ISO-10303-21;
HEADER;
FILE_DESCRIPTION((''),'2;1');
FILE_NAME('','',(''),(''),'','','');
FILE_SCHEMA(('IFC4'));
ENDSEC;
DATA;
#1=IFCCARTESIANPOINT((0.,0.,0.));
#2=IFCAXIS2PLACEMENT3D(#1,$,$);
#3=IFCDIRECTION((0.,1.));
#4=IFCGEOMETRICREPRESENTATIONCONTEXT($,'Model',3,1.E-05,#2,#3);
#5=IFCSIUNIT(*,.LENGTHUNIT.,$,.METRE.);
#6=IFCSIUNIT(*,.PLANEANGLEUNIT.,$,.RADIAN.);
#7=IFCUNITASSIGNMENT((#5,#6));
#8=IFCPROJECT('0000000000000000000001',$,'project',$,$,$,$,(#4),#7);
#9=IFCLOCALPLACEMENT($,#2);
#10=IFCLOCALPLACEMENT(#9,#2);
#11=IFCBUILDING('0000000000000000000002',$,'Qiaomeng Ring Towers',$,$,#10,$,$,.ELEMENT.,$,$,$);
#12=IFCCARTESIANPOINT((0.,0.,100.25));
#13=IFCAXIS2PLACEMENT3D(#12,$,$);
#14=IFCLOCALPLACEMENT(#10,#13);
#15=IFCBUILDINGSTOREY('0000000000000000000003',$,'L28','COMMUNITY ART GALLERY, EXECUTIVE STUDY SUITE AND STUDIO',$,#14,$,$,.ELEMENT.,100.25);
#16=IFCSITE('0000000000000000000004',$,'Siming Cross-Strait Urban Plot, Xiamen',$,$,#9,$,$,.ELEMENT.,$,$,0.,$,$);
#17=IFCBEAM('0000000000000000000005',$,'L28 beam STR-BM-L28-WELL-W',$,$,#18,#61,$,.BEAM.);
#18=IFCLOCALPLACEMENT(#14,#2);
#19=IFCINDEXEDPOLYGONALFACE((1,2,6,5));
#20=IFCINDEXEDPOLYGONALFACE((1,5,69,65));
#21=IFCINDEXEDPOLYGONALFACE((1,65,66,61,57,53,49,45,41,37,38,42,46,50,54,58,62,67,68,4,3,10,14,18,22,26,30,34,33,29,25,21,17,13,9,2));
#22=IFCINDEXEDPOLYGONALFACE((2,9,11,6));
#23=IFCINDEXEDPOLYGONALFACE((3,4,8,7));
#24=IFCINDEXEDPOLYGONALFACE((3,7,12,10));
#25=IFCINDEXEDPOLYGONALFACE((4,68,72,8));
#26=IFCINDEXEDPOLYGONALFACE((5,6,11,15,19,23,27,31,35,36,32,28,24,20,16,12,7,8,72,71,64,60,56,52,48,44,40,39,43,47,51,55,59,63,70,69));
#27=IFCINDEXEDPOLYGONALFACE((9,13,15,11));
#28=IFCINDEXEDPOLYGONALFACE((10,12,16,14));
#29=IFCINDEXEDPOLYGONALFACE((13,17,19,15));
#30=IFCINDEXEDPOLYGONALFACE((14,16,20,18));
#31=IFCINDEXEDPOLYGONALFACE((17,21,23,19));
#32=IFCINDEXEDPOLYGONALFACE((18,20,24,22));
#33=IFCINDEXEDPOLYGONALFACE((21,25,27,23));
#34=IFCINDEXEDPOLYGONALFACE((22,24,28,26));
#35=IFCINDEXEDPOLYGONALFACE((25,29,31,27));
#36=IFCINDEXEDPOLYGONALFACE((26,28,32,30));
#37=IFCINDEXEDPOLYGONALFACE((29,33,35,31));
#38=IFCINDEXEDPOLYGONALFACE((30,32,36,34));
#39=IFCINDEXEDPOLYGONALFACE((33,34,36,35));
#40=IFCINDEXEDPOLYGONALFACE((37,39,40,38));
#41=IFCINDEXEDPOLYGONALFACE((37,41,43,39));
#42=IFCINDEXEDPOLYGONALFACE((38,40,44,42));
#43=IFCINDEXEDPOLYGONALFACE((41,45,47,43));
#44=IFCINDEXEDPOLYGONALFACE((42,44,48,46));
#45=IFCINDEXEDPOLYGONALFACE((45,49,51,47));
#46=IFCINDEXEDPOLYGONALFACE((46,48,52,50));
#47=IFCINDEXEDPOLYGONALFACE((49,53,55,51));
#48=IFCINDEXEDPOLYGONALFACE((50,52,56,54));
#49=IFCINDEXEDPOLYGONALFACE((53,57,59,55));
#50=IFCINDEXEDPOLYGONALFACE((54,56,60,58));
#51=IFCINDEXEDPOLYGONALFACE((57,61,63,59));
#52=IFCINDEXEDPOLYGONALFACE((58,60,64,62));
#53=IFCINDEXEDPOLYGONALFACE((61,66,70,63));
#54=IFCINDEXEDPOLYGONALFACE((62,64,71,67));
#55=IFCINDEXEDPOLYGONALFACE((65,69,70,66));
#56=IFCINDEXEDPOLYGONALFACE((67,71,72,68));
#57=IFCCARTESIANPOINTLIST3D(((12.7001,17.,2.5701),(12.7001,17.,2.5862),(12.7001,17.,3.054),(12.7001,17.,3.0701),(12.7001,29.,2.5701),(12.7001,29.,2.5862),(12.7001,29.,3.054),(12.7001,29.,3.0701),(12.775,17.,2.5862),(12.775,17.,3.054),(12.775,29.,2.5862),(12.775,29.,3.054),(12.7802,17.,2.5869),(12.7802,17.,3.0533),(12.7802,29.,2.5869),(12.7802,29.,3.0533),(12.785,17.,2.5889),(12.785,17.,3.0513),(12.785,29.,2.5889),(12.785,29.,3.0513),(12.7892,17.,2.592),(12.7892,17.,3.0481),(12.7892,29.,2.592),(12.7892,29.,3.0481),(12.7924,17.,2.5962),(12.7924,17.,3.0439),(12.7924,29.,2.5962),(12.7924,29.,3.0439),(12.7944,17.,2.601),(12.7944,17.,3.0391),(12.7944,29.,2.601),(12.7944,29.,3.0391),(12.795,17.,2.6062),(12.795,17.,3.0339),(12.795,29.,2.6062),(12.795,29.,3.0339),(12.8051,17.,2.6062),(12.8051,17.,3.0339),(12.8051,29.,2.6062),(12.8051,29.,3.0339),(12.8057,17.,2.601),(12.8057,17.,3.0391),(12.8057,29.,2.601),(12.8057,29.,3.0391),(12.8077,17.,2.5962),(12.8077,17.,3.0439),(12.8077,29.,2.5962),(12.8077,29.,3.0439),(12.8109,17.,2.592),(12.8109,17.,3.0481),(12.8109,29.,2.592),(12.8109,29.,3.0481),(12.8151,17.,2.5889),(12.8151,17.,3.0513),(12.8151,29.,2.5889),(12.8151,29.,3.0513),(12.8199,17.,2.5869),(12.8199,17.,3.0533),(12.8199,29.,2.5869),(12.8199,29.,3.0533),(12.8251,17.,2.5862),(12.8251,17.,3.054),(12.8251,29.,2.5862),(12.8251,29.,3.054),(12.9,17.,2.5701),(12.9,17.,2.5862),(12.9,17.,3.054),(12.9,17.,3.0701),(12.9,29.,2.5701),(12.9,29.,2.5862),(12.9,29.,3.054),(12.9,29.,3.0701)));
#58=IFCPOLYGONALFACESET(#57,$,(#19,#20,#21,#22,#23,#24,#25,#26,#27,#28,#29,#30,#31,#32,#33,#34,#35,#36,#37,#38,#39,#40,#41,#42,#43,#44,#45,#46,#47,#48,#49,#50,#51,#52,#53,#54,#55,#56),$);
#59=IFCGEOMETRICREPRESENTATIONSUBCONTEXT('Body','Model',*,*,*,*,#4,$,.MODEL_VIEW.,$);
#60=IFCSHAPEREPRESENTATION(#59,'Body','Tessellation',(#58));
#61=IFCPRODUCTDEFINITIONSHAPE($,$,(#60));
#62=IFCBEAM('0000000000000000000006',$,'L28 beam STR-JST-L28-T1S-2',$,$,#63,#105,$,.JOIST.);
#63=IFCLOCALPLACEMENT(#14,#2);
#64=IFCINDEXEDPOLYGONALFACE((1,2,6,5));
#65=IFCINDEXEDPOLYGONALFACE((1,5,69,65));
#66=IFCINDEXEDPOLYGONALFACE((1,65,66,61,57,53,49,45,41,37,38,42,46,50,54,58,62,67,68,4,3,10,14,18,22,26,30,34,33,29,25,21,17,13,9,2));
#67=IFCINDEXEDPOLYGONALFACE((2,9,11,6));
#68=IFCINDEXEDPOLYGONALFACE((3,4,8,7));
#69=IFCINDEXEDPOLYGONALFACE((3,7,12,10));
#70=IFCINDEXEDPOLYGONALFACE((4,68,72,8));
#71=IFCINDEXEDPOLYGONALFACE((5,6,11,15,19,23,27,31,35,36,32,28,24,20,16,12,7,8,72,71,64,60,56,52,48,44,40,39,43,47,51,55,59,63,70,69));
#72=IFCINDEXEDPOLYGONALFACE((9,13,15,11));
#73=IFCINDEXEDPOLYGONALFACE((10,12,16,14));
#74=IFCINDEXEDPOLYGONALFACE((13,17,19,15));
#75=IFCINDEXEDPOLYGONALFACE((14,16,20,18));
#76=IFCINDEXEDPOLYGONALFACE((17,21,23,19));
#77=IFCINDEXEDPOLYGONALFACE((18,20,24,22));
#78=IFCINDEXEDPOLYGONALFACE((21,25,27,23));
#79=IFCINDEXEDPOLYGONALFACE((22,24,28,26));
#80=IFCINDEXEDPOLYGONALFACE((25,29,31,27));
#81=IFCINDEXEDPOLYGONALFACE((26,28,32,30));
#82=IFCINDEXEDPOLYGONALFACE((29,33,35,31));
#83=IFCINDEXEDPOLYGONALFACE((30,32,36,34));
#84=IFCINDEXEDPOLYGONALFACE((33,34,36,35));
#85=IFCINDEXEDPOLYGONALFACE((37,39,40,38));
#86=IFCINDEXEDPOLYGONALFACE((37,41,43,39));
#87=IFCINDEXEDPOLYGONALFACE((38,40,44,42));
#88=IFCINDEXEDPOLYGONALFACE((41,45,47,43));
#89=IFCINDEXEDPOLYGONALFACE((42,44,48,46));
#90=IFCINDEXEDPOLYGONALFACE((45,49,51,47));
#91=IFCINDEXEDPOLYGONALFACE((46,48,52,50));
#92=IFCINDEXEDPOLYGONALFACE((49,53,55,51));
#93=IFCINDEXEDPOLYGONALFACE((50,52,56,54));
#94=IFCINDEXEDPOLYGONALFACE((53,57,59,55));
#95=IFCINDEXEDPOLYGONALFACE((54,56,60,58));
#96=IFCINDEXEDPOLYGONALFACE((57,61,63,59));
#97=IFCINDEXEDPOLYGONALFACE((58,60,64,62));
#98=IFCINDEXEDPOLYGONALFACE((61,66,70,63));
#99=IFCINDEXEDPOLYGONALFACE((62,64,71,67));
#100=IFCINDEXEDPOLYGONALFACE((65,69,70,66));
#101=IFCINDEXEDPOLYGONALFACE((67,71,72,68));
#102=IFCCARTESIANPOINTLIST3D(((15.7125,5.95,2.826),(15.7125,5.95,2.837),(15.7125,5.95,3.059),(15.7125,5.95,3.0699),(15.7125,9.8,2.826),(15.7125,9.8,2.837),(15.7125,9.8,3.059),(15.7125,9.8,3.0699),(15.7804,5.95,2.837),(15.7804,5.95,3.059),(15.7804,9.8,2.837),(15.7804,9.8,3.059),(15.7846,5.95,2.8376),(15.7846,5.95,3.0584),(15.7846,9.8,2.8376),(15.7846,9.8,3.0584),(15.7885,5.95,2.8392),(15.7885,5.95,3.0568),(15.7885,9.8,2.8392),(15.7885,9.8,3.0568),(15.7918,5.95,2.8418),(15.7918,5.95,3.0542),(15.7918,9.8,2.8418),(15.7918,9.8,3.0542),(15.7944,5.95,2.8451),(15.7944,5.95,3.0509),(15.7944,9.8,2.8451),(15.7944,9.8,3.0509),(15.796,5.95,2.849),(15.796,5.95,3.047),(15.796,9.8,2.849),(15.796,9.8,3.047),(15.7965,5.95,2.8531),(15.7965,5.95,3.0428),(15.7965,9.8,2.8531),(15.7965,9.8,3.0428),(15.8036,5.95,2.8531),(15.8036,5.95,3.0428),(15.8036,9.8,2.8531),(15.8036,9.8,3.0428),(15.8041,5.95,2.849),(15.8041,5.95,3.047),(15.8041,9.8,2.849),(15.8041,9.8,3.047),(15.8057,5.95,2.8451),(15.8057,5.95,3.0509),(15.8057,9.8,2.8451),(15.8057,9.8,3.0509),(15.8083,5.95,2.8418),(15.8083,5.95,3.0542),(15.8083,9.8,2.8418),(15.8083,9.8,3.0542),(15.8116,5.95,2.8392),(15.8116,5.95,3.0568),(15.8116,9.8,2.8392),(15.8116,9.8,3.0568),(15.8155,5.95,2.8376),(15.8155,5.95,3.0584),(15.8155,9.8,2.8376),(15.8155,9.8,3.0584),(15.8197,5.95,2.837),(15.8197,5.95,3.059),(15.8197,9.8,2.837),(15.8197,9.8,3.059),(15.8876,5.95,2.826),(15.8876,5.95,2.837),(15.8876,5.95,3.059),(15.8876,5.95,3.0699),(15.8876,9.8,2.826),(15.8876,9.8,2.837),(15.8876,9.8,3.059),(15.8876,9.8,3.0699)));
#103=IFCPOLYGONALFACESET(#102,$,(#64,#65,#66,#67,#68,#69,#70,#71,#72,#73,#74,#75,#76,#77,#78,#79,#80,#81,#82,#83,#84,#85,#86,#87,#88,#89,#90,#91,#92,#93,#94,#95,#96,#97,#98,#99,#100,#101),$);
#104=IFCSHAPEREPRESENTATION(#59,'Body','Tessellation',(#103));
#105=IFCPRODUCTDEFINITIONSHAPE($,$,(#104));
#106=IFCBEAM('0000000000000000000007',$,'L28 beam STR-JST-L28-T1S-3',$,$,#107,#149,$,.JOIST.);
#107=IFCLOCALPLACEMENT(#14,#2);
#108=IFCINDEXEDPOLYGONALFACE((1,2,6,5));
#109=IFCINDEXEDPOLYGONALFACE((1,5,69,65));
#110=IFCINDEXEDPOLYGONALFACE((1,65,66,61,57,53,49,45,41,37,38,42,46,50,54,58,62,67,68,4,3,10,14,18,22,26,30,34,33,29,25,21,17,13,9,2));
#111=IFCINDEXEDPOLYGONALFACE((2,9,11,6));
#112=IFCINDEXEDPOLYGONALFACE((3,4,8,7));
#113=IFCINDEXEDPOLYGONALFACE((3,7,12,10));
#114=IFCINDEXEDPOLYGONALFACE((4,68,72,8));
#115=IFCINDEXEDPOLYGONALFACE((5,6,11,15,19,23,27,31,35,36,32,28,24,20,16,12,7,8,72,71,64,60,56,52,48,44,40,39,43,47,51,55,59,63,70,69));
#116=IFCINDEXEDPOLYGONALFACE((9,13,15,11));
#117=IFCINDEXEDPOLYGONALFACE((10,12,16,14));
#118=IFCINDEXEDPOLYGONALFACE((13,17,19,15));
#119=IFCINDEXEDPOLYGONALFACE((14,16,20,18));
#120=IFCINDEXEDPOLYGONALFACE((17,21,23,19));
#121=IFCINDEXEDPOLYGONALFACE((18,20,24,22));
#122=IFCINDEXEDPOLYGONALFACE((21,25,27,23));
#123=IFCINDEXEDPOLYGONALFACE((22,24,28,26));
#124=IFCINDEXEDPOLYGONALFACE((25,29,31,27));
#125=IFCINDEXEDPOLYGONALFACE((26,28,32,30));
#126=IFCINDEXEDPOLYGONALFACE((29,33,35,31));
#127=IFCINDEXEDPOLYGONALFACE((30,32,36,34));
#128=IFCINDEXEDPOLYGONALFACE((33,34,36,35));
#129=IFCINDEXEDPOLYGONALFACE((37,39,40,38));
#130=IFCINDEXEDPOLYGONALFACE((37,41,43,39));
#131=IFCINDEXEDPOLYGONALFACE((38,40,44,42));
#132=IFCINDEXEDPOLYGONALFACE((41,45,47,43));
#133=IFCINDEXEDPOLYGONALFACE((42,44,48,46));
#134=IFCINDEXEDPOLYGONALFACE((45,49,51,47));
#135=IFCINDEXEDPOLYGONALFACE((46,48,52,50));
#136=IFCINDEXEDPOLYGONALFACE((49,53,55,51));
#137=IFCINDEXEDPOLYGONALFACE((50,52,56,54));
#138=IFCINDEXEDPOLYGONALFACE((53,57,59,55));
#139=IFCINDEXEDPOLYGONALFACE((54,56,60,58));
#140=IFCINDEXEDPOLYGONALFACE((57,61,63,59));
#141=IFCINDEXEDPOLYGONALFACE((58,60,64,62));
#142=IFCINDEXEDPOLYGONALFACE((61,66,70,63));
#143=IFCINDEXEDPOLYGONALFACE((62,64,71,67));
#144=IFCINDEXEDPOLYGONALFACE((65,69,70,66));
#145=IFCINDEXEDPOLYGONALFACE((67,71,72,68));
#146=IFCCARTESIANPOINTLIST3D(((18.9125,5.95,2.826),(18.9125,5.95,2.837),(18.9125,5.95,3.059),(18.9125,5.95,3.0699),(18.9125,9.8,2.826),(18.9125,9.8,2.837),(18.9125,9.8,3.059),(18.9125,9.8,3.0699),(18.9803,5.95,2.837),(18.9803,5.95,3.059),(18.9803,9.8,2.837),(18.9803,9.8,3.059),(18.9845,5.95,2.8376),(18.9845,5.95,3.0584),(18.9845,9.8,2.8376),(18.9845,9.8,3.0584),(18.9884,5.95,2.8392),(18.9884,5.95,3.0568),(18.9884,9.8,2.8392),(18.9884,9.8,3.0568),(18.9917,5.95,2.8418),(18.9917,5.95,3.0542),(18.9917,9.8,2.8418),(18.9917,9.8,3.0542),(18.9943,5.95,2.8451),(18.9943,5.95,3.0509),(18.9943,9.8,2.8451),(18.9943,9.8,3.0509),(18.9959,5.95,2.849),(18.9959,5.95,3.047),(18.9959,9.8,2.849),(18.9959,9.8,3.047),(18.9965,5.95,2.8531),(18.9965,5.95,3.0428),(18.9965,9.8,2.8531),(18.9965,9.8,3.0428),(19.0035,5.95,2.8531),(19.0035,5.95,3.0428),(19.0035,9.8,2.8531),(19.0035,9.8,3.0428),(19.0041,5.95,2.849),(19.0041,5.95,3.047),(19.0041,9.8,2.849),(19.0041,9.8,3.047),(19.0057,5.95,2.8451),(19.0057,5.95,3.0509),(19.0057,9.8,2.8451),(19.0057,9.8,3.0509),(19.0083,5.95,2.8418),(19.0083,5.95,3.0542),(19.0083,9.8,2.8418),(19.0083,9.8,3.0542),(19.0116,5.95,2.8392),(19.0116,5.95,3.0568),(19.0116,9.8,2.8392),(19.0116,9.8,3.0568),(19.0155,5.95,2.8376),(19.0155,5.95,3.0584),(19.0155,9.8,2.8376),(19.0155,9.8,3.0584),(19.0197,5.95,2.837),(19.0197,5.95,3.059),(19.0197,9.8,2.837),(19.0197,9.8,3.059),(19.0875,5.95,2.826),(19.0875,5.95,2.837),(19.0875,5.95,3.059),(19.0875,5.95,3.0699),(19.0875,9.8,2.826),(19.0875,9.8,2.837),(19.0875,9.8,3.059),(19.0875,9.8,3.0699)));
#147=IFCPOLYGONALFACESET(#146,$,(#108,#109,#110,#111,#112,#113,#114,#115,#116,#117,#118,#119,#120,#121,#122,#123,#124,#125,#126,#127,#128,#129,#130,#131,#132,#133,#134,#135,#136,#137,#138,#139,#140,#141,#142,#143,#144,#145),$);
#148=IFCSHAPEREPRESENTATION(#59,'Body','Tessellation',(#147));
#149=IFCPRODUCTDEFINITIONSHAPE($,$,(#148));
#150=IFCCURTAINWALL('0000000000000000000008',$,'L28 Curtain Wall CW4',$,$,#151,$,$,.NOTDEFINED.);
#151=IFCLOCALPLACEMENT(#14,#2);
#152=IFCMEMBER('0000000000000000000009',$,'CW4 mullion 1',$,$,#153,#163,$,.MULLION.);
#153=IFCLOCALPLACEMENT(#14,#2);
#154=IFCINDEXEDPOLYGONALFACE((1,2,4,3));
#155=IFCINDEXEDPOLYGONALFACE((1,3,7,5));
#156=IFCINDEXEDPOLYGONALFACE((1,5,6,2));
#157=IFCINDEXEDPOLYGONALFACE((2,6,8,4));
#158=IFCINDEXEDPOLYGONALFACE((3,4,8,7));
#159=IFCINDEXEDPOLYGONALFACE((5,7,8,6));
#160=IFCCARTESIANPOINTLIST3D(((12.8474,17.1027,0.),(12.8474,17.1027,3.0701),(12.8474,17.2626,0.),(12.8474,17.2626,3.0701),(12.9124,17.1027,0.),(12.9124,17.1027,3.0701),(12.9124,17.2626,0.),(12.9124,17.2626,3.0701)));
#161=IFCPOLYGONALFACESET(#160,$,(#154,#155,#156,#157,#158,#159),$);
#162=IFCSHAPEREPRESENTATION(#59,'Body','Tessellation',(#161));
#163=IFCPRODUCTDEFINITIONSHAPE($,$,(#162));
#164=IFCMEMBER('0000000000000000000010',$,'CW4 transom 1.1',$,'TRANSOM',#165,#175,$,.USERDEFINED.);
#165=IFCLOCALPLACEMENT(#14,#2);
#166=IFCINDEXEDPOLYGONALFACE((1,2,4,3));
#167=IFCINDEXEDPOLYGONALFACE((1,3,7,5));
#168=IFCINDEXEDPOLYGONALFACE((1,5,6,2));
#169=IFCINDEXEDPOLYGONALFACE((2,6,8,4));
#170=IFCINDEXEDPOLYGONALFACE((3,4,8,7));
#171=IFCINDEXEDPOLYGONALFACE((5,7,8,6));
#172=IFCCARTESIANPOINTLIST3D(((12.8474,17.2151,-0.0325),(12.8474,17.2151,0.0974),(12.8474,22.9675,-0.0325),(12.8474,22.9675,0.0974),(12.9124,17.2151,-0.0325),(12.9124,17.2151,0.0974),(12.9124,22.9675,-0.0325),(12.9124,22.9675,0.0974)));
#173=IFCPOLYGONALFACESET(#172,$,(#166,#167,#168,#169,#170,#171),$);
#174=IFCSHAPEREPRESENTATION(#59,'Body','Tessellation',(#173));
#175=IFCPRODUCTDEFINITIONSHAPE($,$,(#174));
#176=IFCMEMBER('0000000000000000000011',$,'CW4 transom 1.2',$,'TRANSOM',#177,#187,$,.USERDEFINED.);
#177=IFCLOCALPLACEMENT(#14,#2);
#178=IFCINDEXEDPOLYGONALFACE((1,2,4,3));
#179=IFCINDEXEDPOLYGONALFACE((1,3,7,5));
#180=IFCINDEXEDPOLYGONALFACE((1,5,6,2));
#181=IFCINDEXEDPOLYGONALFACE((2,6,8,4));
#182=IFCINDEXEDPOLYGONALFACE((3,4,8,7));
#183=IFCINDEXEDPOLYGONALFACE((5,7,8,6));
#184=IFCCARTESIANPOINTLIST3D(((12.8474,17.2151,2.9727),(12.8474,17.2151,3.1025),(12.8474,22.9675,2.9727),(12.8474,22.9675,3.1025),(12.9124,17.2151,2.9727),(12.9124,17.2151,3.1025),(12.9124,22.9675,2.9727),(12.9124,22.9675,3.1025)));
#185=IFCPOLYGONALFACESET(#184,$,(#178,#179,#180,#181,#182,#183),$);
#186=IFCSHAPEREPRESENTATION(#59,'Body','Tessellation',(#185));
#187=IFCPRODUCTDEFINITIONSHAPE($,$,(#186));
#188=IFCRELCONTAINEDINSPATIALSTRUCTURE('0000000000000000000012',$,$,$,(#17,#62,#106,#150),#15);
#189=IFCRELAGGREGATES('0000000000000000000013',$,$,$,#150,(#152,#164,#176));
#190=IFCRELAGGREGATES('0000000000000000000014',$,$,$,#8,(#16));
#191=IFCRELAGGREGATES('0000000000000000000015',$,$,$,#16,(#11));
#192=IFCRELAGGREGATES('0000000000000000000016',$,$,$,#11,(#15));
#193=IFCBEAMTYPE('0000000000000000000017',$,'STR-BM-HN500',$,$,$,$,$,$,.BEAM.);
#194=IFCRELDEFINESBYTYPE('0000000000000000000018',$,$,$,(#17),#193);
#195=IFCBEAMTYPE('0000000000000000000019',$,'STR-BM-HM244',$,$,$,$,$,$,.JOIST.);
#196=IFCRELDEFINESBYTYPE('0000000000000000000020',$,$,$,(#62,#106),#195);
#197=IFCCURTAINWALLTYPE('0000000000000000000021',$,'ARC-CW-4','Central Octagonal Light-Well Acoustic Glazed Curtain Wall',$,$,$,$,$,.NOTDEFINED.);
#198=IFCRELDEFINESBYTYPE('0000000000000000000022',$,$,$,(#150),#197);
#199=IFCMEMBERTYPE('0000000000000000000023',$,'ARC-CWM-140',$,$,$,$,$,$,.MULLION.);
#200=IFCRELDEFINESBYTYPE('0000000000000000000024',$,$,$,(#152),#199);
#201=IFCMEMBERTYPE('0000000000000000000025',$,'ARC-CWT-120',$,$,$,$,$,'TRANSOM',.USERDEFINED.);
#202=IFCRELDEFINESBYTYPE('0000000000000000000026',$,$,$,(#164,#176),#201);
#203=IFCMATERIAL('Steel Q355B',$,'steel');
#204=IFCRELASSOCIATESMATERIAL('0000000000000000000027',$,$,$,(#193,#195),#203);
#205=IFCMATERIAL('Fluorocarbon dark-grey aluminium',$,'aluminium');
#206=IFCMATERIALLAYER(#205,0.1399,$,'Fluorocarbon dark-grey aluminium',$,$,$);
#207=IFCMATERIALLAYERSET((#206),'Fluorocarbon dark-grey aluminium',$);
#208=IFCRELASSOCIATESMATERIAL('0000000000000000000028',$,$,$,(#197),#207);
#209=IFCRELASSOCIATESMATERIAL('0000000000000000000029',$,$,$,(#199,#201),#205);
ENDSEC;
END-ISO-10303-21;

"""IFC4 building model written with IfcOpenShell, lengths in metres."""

from ifc_helpers import new_model, si_unit, direction, frame, origin, origin_2d, place, context, subcontext, project, spatial, rectangle, i_section, extrude, source, transform, mapped, material, layer, layer_set, material_profile, profile_set, type_object, element, aggregate, save


model = new_model("IFC4")

# Units and contexts
model_context = context("Model", 3, precision=1e-05, world=origin(), true_north=direction((0.0, 1.0)))
body_context = subcontext(model_context, "Body", "Model", "MODEL_VIEW")
ifc_project = project(units=[si_unit("LENGTHUNIT", "METRE"), si_unit("PLANEANGLEUNIT", "RADIAN")], contexts=[model_context])

# Site, building, storey
site_placement = place(None, origin())
site = spatial("IfcSite", under=ifc_project, at=site_placement, Name="Siming Cross-Strait Urban Plot, Xiamen", CompositionType="ELEMENT", RefElevation=0.0)
building_placement = place(site_placement, origin())
building = spatial("IfcBuilding", under=site, at=building_placement, Name="Qiaomeng Ring Towers", CompositionType="ELEMENT")
storey_placement = place(building_placement, frame((0.0, 0.0, 100.25)))
storey = spatial("IfcBuildingStorey", under=building, at=storey_placement, Name="L28", Description="COMMUNITY ART GALLERY, EXECUTIVE STUDY SUITE AND STUDIO", CompositionType="ELEMENT", Elevation=100.25)

# Beams
ifc_material_1 = material(Name="Steel Q355B", Category="steel")
ifc_material_profile_1 = material_profile(ifc_material_1, i_section(OverallWidth=0.2, OverallDepth=0.5, WebThickness=0.01, FlangeThickness=0.0161, FilletRadius=0.02, at=origin_2d()), Name="HN 500x200x10x16")
ifc_profile_set_1 = profile_set([ifc_material_profile_1], Name="Steel Q355B")
beam_type_1 = type_object("IfcBeamType", Name="STR-BM-HN500", PredefinedType="BEAM", material=ifc_profile_set_1)
shared_shape_1 = source(origin(), body_context, "Body", "SweptSolid", [
    extrude(i_section(OverallWidth=0.2, OverallDepth=0.5, WebThickness=0.01, FlangeThickness=0.0161, FilletRadius=0.02, at=origin_2d()), origin(), (0.0, 0.0, 1.0), 12.0),
])
beam_placement = place(storey_placement, frame((12.8, 17.0, 2.8201), z_axis=(0.0, 1.0, 0.0), x_axis=(-1.0, 0.0, 0.0)))
element("IfcBeam", 1, at=beam_placement, inside=storey, type_object=beam_type_1, Name="L28 beam STR-BM-L28-WELL-W", PredefinedType="BEAM", context=body_context, shape_type="MappedRepresentation", body=[
    mapped(shared_shape_1, transform((0.0, 0.0, 0.0), x_axis=(1.0, 0.0, 0.0), y_axis=(0.0, 1.0, 0.0), z_axis=(0.0, 0.0, 1.0), scale=1.0)),
])
ifc_material_profile_2 = material_profile(ifc_material_1, i_section(OverallWidth=0.175, OverallDepth=0.2439, WebThickness=0.0071, FlangeThickness=0.011, FilletRadius=0.0161, at=origin_2d()), Name="HM 244x175x7x11")
ifc_profile_set_2 = profile_set([ifc_material_profile_2], Name="Steel Q355B")
beam_type_2 = type_object("IfcBeamType", Name="STR-BM-HM244", PredefinedType="JOIST", material=ifc_profile_set_2)
shared_shape_2 = source(origin(), body_context, "Body", "SweptSolid", [
    extrude(i_section(OverallWidth=0.175, OverallDepth=0.2439, WebThickness=0.0071, FlangeThickness=0.011, FilletRadius=0.0161, at=origin_2d()), origin(), (0.0, 0.0, 1.0), 3.8501),
])
for number, where, z_axis, x_axis, name in (
    (2, (15.8, 5.95, 2.948), (0.0, 1.0, 0.0), (-1.0, 0.0, 0.0), "L28 beam STR-JST-L28-T1S-2"),
    (3, (19.0, 5.95, 2.948), (0.0, 1.0, 0.0), (-1.0, 0.0, 0.0), "L28 beam STR-JST-L28-T1S-3"),
):
    element("IfcBeam", number, at=place(storey_placement, frame(where, z_axis=z_axis, x_axis=x_axis)), inside=storey, type_object=beam_type_2, Name=name, PredefinedType="JOIST", context=body_context, shape_type="MappedRepresentation", body=[
        mapped(shared_shape_2, transform((0.0, 0.0, 0.0), x_axis=(1.0, 0.0, 0.0), y_axis=(0.0, 1.0, 0.0), z_axis=(0.0, 0.0, 1.0), scale=1.0)),
    ])

# Curtain wall, members
ifc_material_2 = material(Name="Fluorocarbon dark-grey aluminium", Category="aluminium")
ifc_layer_1 = layer(ifc_material_2, 0.1399, Name="Fluorocarbon dark-grey aluminium")
ifc_layer_set_1 = layer_set([ifc_layer_1], Name="Fluorocarbon dark-grey aluminium")
curtain_wall_type = type_object("IfcCurtainWallType", Name="ARC-CW-4", Description="Central Octagonal Light-Well Acoustic Glazed Curtain Wall", PredefinedType="NOTDEFINED", material=ifc_layer_set_1)
curtain_wall_placement = place(storey_placement, origin())
curtain_wall = element("IfcCurtainWall", 4, at=curtain_wall_placement, inside=storey, type_object=curtain_wall_type, Name="L28 Curtain Wall CW4", PredefinedType="NOTDEFINED")
ifc_material_profile_3 = material_profile(ifc_material_2, rectangle(XDim=0.0649, YDim=0.1599, at=origin_2d()), Name="ALU MULL 65x160")
ifc_profile_set_3 = profile_set([ifc_material_profile_3], Name="Fluorocarbon dark-grey aluminium")
member_type_1 = type_object("IfcMemberType", Name="ARC-CWM-140", PredefinedType="MULLION", material=ifc_profile_set_3)
shared_shape_3 = source(origin(), body_context, "Body", "SweptSolid", [
    extrude(rectangle(XDim=0.0649, YDim=0.1599, at=origin_2d()), origin(), (0.0, 0.0, 1.0), 3.0701),
])
member_1_placement = place(storey_placement, frame((12.8799, 17.1826, 0.0), z_axis=(0.0, 0.0, 1.0), x_axis=(-1.0, 0.0, 0.0)))
member_1 = element("IfcMember", 5, at=member_1_placement, type_object=member_type_1, Name="CW4 mullion 1", PredefinedType="MULLION", context=body_context, shape_type="MappedRepresentation", body=[
    mapped(shared_shape_3, transform((0.0, 0.0, 0.0), x_axis=(1.0, 0.0, 0.0), y_axis=(0.0, 1.0, 0.0), z_axis=(0.0, 0.0, 1.0), scale=1.0)),
])
ifc_material_profile_4 = material_profile(ifc_material_2, rectangle(XDim=0.0649, YDim=0.1299, at=origin_2d()), Name="ALU TRAN 65x130")
ifc_profile_set_4 = profile_set([ifc_material_profile_4], Name="Fluorocarbon dark-grey aluminium")
member_type_2 = type_object("IfcMemberType", Name="ARC-CWT-120", ElementType="TRANSOM", PredefinedType="USERDEFINED", material=ifc_profile_set_4)
shared_shape_4 = source(origin(), body_context, "Body", "SweptSolid", [
    extrude(rectangle(XDim=0.0649, YDim=0.1299, at=origin_2d()), origin(), (0.0, 0.0, 1.0), 5.7524),
])
member_2_placement = place(storey_placement, frame((12.8799, 17.2151, 0.0325), z_axis=(0.0, 1.0, 0.0), x_axis=(-1.0, 0.0, 0.0)))
member_2 = element("IfcMember", 6, at=member_2_placement, type_object=member_type_2, Name="CW4 transom 1.1", ObjectType="TRANSOM", PredefinedType="USERDEFINED", context=body_context, shape_type="MappedRepresentation", body=[
    mapped(shared_shape_4, transform((0.0, 0.0, 0.0), x_axis=(1.0, 0.0, 0.0), y_axis=(0.0, 1.0, 0.0), z_axis=(0.0, 0.0, 1.0), scale=1.0)),
])
member_3_placement = place(storey_placement, frame((12.8799, 17.2151, 3.0376), z_axis=(0.0, 1.0, 0.0), x_axis=(-1.0, 0.0, 0.0)))
member_3 = element("IfcMember", 7, at=member_3_placement, type_object=member_type_2, Name="CW4 transom 1.2", ObjectType="TRANSOM", PredefinedType="USERDEFINED", context=body_context, shape_type="MappedRepresentation", body=[
    mapped(shared_shape_4, transform((0.0, 0.0, 0.0), x_axis=(1.0, 0.0, 0.0), y_axis=(0.0, 1.0, 0.0), z_axis=(0.0, 0.0, 1.0), scale=1.0)),
])
aggregate(curtain_wall, [member_1, member_2, member_3])

save(model, "model.ifc")
